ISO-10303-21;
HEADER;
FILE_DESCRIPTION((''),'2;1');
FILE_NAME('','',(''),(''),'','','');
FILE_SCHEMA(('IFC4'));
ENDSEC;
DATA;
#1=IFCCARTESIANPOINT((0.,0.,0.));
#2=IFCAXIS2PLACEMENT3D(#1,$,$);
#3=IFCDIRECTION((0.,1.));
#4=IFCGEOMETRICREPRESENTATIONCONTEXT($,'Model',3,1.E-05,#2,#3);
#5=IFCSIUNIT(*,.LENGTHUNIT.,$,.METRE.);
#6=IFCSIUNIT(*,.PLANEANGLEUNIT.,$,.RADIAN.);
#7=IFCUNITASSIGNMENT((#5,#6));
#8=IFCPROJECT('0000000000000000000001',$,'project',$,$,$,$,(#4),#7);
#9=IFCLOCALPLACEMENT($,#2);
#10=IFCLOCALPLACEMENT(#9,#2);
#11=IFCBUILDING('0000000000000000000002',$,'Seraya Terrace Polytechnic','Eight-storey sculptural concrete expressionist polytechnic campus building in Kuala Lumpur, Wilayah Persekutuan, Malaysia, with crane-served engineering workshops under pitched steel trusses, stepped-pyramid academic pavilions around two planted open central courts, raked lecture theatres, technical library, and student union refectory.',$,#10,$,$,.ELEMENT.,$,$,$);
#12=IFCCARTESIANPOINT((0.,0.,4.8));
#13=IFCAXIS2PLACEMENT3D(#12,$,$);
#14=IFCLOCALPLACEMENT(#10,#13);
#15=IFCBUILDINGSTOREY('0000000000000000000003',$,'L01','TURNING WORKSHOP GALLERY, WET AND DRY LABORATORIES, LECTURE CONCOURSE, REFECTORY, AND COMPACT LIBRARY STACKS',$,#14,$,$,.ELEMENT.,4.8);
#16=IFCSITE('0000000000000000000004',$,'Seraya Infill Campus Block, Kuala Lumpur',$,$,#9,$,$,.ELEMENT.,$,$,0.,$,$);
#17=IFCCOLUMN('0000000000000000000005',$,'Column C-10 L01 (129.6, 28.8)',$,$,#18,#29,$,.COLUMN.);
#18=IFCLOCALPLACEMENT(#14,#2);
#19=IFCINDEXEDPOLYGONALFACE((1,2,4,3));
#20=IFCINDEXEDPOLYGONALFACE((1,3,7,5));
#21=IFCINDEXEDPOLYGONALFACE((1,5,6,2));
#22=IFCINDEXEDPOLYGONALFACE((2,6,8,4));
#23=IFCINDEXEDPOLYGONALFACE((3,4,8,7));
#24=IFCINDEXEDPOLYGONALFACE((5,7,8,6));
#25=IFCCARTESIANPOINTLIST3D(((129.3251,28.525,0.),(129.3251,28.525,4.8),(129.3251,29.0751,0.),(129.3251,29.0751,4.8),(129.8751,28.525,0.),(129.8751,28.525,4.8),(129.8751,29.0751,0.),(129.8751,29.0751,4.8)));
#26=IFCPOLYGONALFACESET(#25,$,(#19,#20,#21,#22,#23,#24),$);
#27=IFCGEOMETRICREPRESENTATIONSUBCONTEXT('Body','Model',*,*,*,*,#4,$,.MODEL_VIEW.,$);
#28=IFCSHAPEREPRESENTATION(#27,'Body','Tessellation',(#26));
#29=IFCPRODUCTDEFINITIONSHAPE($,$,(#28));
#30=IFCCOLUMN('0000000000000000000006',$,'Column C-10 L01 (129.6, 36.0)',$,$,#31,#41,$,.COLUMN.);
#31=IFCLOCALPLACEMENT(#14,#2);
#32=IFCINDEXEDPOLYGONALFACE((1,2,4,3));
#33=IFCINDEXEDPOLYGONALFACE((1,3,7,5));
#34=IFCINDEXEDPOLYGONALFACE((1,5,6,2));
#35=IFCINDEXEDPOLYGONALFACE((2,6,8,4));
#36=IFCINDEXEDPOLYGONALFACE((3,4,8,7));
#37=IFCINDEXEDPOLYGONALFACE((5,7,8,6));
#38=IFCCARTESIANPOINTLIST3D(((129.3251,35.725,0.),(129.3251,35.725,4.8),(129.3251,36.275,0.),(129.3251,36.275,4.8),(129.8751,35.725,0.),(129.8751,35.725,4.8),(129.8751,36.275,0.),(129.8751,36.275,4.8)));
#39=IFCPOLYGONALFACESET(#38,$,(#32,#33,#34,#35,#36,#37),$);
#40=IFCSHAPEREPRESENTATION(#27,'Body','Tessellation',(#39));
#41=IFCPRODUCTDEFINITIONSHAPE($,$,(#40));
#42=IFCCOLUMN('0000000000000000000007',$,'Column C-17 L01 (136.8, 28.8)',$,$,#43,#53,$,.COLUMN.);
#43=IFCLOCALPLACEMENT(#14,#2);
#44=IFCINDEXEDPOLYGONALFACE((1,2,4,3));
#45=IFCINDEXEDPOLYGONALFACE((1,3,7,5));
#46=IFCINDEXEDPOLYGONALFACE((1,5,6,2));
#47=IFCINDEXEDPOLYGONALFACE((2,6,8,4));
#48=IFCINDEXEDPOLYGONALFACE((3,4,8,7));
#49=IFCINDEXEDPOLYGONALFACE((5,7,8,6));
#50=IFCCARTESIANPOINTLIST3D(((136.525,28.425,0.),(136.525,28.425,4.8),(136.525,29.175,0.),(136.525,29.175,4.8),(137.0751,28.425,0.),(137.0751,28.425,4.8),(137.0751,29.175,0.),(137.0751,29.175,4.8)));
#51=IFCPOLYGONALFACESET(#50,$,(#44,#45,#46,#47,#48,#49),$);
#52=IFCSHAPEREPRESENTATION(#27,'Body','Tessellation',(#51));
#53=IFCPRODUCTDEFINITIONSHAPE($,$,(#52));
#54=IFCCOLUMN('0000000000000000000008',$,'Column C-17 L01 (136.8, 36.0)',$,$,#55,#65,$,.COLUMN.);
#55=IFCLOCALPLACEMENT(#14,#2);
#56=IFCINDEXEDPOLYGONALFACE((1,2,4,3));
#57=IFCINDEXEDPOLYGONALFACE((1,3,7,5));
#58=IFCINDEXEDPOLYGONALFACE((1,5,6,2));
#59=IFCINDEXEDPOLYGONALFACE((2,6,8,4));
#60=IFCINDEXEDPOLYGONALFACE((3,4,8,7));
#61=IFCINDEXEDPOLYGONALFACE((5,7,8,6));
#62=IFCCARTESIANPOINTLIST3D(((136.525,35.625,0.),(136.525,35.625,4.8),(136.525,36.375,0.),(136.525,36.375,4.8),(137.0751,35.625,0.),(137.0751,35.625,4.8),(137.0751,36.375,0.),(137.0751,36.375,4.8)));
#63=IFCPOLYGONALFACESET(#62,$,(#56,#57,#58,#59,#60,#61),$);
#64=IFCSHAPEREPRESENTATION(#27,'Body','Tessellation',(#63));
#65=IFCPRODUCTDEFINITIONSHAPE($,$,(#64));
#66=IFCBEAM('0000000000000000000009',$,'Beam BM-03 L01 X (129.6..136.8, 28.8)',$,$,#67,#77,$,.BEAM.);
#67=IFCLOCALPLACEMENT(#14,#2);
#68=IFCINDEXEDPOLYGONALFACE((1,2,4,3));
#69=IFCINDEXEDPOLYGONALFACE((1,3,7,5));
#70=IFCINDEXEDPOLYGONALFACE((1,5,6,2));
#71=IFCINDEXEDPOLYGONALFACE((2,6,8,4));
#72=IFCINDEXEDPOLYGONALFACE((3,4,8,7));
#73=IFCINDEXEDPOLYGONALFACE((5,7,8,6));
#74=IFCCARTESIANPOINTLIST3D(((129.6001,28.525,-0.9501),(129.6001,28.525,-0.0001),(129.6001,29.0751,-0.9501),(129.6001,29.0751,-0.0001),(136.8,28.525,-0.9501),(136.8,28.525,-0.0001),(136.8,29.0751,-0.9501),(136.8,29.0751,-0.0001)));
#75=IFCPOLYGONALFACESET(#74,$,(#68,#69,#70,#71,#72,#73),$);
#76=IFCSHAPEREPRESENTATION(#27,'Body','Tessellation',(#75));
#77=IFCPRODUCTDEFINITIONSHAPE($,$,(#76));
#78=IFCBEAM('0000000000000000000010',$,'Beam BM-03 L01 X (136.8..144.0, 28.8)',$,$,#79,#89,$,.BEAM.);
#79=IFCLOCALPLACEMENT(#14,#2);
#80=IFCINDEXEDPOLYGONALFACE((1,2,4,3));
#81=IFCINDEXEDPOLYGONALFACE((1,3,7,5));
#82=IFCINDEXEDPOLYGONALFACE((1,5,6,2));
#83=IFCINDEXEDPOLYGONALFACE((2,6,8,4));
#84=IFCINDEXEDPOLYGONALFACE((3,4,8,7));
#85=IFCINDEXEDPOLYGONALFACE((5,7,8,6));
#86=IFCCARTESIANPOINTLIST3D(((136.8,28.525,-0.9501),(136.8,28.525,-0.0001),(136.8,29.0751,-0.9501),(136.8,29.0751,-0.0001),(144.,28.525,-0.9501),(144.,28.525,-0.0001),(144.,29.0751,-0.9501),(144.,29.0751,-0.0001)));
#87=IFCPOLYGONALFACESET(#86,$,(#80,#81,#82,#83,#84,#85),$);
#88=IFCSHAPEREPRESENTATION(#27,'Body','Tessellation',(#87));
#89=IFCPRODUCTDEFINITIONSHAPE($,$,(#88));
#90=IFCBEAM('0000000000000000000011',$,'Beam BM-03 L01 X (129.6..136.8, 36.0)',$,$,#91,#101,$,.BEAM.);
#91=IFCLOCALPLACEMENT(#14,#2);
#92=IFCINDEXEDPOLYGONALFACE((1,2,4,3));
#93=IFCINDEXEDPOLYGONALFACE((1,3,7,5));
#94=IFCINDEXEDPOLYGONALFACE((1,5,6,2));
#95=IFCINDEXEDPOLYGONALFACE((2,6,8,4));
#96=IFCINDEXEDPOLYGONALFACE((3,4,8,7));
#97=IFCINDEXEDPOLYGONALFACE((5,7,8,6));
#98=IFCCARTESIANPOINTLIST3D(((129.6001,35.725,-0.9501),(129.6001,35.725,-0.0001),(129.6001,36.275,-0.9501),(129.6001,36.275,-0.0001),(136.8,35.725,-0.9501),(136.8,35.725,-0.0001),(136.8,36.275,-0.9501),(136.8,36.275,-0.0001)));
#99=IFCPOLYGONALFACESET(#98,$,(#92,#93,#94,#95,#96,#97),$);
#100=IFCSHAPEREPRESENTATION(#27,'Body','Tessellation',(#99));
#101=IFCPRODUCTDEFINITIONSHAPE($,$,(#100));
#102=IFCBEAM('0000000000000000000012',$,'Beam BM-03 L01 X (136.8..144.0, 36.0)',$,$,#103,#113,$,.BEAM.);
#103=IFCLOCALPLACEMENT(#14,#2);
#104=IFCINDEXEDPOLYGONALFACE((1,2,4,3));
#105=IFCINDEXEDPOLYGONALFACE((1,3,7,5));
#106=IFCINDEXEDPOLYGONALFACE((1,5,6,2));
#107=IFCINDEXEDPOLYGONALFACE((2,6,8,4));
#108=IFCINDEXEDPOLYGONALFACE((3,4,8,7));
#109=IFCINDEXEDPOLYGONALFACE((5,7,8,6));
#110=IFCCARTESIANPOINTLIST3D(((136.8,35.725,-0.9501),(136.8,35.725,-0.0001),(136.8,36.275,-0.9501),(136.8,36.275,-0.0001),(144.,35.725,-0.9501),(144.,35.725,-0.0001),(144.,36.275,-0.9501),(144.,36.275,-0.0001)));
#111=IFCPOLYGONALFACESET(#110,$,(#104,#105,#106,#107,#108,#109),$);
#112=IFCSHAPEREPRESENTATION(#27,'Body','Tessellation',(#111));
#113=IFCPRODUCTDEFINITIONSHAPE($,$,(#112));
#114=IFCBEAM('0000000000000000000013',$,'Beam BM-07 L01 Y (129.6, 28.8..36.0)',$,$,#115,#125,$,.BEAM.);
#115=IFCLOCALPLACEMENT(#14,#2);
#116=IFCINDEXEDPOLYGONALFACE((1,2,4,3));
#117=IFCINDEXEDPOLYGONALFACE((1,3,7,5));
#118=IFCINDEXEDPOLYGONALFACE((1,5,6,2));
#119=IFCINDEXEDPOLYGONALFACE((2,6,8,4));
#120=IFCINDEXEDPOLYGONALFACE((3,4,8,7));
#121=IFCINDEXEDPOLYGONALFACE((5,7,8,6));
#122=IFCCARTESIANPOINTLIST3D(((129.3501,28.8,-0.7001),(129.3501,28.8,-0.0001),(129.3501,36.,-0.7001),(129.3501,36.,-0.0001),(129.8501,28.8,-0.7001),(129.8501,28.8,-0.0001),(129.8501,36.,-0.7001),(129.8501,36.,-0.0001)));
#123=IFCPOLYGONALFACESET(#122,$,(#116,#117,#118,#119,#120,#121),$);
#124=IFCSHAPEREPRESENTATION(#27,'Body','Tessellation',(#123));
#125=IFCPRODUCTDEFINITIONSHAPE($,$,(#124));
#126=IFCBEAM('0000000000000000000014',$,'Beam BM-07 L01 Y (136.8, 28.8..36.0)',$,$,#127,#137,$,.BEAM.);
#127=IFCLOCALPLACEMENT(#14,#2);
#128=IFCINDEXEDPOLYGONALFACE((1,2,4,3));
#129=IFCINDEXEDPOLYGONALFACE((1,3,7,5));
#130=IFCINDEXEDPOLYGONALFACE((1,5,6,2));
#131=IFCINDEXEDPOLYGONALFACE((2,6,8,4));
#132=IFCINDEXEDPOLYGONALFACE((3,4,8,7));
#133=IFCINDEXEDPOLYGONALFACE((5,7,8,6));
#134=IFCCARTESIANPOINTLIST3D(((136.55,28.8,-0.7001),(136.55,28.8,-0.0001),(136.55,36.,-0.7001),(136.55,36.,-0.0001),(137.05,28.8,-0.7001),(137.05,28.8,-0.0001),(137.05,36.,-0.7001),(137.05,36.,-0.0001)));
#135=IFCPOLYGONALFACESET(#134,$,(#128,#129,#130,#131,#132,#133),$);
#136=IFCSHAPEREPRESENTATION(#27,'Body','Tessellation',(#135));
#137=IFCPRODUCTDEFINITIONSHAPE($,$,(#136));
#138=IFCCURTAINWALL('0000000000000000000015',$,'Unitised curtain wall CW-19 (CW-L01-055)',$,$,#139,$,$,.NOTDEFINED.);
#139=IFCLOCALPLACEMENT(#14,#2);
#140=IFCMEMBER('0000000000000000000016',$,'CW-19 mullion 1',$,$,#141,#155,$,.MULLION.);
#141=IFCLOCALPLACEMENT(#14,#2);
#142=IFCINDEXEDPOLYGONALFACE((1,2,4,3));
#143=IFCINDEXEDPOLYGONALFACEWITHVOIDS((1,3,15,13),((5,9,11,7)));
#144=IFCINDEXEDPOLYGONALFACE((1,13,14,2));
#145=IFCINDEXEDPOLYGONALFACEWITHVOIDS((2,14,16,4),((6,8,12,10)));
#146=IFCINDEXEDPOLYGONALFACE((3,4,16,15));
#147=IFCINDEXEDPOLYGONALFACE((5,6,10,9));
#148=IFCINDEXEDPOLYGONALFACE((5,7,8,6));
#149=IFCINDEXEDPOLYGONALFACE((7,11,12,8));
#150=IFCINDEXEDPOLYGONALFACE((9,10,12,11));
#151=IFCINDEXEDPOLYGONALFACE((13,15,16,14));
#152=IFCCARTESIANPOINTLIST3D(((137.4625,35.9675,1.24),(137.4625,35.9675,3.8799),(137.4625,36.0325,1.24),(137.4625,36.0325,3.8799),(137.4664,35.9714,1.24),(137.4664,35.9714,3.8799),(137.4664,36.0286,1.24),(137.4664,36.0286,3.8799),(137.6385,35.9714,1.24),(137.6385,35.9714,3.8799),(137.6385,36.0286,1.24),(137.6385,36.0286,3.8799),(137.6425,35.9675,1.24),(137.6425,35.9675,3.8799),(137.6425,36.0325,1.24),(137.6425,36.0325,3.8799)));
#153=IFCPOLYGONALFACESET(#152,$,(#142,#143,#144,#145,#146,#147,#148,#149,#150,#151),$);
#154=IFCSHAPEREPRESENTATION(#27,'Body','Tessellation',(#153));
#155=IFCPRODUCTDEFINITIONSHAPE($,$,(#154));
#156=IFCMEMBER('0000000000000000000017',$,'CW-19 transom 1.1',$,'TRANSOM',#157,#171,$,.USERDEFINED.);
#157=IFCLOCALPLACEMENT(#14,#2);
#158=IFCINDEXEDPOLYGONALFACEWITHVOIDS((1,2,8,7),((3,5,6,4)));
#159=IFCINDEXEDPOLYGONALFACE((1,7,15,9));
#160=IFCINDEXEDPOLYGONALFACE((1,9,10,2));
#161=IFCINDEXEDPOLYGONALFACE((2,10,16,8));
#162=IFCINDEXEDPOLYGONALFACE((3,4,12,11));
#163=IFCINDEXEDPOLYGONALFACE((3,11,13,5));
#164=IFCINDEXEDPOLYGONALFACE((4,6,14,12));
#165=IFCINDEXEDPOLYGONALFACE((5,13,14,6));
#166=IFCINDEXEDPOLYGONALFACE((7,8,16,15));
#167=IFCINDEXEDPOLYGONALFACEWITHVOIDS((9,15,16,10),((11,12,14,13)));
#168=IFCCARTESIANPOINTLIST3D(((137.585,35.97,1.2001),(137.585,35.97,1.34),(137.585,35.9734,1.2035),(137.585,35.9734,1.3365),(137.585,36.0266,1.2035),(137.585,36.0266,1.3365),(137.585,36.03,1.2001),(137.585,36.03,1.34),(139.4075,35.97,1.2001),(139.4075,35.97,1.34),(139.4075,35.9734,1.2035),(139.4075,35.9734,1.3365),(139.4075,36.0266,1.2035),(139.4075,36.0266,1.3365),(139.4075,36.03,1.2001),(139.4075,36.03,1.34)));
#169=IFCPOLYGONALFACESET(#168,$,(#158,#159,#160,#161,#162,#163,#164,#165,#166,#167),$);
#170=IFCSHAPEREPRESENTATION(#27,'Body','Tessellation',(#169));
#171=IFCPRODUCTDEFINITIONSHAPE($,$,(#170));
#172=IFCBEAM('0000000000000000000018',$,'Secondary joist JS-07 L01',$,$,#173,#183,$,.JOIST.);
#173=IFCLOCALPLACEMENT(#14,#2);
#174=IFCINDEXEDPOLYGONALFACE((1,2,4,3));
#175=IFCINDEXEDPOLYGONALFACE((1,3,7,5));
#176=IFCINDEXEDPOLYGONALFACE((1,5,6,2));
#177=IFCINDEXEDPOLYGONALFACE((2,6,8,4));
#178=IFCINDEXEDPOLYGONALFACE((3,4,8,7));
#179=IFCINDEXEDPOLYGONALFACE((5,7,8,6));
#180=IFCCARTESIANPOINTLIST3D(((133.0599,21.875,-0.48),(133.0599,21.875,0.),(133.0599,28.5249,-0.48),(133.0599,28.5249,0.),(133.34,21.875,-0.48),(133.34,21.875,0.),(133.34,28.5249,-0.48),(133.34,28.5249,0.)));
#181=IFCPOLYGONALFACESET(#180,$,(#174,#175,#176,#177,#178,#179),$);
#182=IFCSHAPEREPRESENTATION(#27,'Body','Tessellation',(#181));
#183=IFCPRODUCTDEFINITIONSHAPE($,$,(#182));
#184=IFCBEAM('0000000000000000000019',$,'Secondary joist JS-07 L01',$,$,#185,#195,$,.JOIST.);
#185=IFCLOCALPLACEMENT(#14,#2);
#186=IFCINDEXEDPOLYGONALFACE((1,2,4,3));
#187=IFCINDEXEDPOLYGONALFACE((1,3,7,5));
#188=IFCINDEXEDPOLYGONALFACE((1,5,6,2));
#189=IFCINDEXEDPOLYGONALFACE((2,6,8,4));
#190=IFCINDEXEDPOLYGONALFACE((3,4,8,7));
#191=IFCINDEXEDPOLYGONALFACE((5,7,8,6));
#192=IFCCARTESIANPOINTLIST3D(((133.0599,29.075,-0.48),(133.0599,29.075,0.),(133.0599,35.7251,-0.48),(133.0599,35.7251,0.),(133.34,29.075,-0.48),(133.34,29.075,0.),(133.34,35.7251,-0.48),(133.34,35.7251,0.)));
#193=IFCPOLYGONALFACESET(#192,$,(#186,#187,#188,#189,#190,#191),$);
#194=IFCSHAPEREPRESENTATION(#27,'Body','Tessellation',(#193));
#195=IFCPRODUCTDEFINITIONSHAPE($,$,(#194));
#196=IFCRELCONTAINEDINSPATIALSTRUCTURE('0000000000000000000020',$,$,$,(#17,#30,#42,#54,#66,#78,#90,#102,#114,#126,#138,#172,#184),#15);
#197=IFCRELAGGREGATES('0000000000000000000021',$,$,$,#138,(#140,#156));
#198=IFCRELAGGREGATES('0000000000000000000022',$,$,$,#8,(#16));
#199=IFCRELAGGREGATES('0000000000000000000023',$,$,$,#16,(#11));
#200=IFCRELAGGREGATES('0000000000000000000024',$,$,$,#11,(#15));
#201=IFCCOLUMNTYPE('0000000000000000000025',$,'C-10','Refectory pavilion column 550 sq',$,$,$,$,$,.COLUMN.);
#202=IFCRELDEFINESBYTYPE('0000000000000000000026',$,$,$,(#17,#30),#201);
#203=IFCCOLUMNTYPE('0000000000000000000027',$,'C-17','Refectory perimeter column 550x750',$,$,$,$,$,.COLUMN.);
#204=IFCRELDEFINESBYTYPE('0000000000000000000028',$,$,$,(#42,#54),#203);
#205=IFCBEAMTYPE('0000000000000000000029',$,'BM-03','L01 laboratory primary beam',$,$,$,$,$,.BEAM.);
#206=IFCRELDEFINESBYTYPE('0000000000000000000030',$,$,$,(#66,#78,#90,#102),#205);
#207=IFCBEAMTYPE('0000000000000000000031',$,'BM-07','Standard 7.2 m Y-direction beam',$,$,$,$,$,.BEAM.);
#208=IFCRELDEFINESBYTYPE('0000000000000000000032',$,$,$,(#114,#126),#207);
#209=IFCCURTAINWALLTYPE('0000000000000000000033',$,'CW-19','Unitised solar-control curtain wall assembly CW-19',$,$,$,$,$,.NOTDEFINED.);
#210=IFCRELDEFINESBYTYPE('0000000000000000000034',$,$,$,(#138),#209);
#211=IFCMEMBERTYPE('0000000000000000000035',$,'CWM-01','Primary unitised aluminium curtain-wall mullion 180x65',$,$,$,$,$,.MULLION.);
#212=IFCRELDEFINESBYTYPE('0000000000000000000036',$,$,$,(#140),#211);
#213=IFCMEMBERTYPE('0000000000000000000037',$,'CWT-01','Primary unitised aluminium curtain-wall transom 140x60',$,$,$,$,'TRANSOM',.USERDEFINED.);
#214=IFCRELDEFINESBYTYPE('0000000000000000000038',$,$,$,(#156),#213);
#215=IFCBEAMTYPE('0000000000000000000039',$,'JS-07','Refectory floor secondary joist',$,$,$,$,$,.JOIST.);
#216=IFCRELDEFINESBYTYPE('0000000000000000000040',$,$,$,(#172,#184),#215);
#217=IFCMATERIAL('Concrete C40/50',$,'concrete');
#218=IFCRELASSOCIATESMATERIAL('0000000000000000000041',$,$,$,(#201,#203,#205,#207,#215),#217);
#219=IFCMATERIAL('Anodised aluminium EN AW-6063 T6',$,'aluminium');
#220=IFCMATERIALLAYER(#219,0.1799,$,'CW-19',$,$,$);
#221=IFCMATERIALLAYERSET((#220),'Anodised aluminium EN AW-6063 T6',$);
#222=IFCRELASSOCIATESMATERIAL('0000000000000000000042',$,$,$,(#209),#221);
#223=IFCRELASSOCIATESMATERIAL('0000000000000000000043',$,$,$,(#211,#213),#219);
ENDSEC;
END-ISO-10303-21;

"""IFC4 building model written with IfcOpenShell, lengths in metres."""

from ifc_helpers import new_model, si_unit, direction, frame, origin, origin_2d, place, context, subcontext, project, spatial, rectangle, hollow_rectangle, extrude, material, layer, layer_set, material_profile, profile_set, type_object, element, aggregate, save


model = new_model("IFC4")

# Units and contexts
model_context = context("Model", 3, precision=1e-05, world=origin(), true_north=direction((0.0, 1.0)))
body_context = subcontext(model_context, "Body", "Model", "MODEL_VIEW")
ifc_project = project(units=[si_unit("LENGTHUNIT", "METRE"), si_unit("PLANEANGLEUNIT", "RADIAN")], contexts=[model_context])

# Site, building, storey
site_placement = place(None, origin())
site = spatial("IfcSite", under=ifc_project, at=site_placement, Name="Seraya Infill Campus Block, Kuala Lumpur", CompositionType="ELEMENT", RefElevation=0.0)
building_placement = place(site_placement, origin())
building = spatial("IfcBuilding", under=site, at=building_placement, Name="Seraya Terrace Polytechnic", Description="Eight-storey sculptural concrete expressionist polytechnic campus building in Kuala Lumpur, Wilayah Persekutuan, Malaysia, with crane-served engineering workshops under pitched steel trusses, stepped-pyramid academic pavilions around two planted open central courts, raked lecture theatres, technical library, and student union refectory.", CompositionType="ELEMENT")
storey_placement = place(building_placement, frame((0.0, 0.0, 4.8)))
storey = spatial("IfcBuildingStorey", under=building, at=storey_placement, Name="L01", Description="TURNING WORKSHOP GALLERY, WET AND DRY LABORATORIES, LECTURE CONCOURSE, REFECTORY, AND COMPACT LIBRARY STACKS", CompositionType="ELEMENT", Elevation=4.8)

# Columns
ifc_material_1 = material(Name="Concrete C40/50", Category="concrete")
ifc_material_profile_1 = material_profile(ifc_material_1, rectangle(XDim=0.55, YDim=0.55, at=origin_2d()), Name="RC 550x550")
ifc_profile_set_1 = profile_set([ifc_material_profile_1], Name="Concrete C40/50")
column_type_1 = type_object("IfcColumnType", Name="C-10", Description="Refectory pavilion column 550 sq", PredefinedType="COLUMN", material=ifc_profile_set_1)
for number, where, z_axis, x_axis, name in (
    (1, (129.6001, 28.8, 0.0), (0.0, 0.0, 1.0), (1.0, 0.0, 0.0), "Column C-10 L01 (129.6, 28.8)"),
    (2, (129.6001, 36.0, 0.0), (0.0, 0.0, 1.0), (1.0, 0.0, 0.0), "Column C-10 L01 (129.6, 36.0)"),
):
    element("IfcColumn", number, at=place(storey_placement, frame(where, z_axis=z_axis, x_axis=x_axis)), inside=storey, type_object=column_type_1, Name=name, PredefinedType="COLUMN", context=body_context, shape_type="SweptSolid", body=[
        extrude(rectangle(XDim=0.55, YDim=0.55, at=origin_2d()), origin(), (0.0, 0.0, 1.0), 4.8),
    ])
ifc_material_profile_2 = material_profile(ifc_material_1, rectangle(XDim=0.55, YDim=0.75, at=origin_2d()), Name="RC 550x750")
ifc_profile_set_2 = profile_set([ifc_material_profile_2], Name="Concrete C40/50")
column_type_2 = type_object("IfcColumnType", Name="C-17", Description="Refectory perimeter column 550x750", PredefinedType="COLUMN", material=ifc_profile_set_2)
for number, where, z_axis, x_axis, name in (
    (3, (136.8, 28.8, 0.0), (0.0, 0.0, 1.0), (1.0, 0.0, 0.0), "Column C-17 L01 (136.8, 28.8)"),
    (4, (136.8, 36.0, 0.0), (0.0, 0.0, 1.0), (1.0, 0.0, 0.0), "Column C-17 L01 (136.8, 36.0)"),
):
    element("IfcColumn", number, at=place(storey_placement, frame(where, z_axis=z_axis, x_axis=x_axis)), inside=storey, type_object=column_type_2, Name=name, PredefinedType="COLUMN", context=body_context, shape_type="SweptSolid", body=[
        extrude(rectangle(XDim=0.55, YDim=0.75, at=origin_2d()), origin(), (0.0, 0.0, 1.0), 4.8),
    ])

# Beams
ifc_material_profile_3 = material_profile(ifc_material_1, rectangle(XDim=0.55, YDim=0.95, at=origin_2d()), Name="RC 550x950")
ifc_profile_set_3 = profile_set([ifc_material_profile_3], Name="Concrete C40/50")
beam_type_1 = type_object("IfcBeamType", Name="BM-03", Description="L01 laboratory primary beam", PredefinedType="BEAM", material=ifc_profile_set_3)
for number, where, z_axis, x_axis, name in (
    (5, (129.6001, 28.8, -0.4751), (1.0, 0.0, 0.0), (0.0, 1.0, 0.0), "Beam BM-03 L01 X (129.6..136.8, 28.8)"),
    (6, (136.8, 28.8, -0.4751), (1.0, 0.0, 0.0), (0.0, 1.0, 0.0), "Beam BM-03 L01 X (136.8..144.0, 28.8)"),
    (7, (129.6001, 36.0, -0.4751), (1.0, 0.0, 0.0), (0.0, 1.0, 0.0), "Beam BM-03 L01 X (129.6..136.8, 36.0)"),
    (8, (136.8, 36.0, -0.4751), (1.0, 0.0, 0.0), (0.0, 1.0, 0.0), "Beam BM-03 L01 X (136.8..144.0, 36.0)"),
):
    element("IfcBeam", number, at=place(storey_placement, frame(where, z_axis=z_axis, x_axis=x_axis)), inside=storey, type_object=beam_type_1, Name=name, PredefinedType="BEAM", context=body_context, shape_type="SweptSolid", body=[
        extrude(rectangle(XDim=0.55, YDim=0.95, at=origin_2d()), origin(), (0.0, 0.0, 1.0), 7.2),
    ])
ifc_material_profile_4 = material_profile(ifc_material_1, rectangle(XDim=0.5, YDim=0.7, at=origin_2d()), Name="RC 500x700")
ifc_profile_set_4 = profile_set([ifc_material_profile_4], Name="Concrete C40/50")
beam_type_2 = type_object("IfcBeamType", Name="BM-07", Description="Standard 7.2 m Y-direction beam", PredefinedType="BEAM", material=ifc_profile_set_4)
for number, where, z_axis, x_axis, name in (
    (9, (129.6001, 28.8, -0.3501), (0.0, 1.0, 0.0), (-1.0, 0.0, 0.0), "Beam BM-07 L01 Y (129.6, 28.8..36.0)"),
    (10, (136.8, 28.8, -0.3501), (0.0, 1.0, 0.0), (-1.0, 0.0, 0.0), "Beam BM-07 L01 Y (136.8, 28.8..36.0)"),
):
    element("IfcBeam", number, at=place(storey_placement, frame(where, z_axis=z_axis, x_axis=x_axis)), inside=storey, type_object=beam_type_2, Name=name, PredefinedType="BEAM", context=body_context, shape_type="SweptSolid", body=[
        extrude(rectangle(XDim=0.5, YDim=0.7, at=origin_2d()), origin(), (0.0, 0.0, 1.0), 7.2),
    ])

# Curtain wall, members
ifc_material_2 = material(Name="Anodised aluminium EN AW-6063 T6", Category="aluminium")
ifc_layer_1 = layer(ifc_material_2, 0.1799, Name="CW-19")
ifc_layer_set_1 = layer_set([ifc_layer_1], Name="Anodised aluminium EN AW-6063 T6")
curtain_wall_type = type_object("IfcCurtainWallType", Name="CW-19", Description="Unitised solar-control curtain wall assembly CW-19", PredefinedType="NOTDEFINED", material=ifc_layer_set_1)
curtain_wall_placement = place(storey_placement, origin())
curtain_wall = element("IfcCurtainWall", 11, at=curtain_wall_placement, inside=storey, type_object=curtain_wall_type, Name="Unitised curtain wall CW-19 (CW-L01-055)", PredefinedType="NOTDEFINED")
ifc_material_profile_5 = material_profile(ifc_material_2, hollow_rectangle(XDim=0.0649, YDim=0.1799, WallThickness=0.0039, at=origin_2d()), Name="RHS 180x65x4.0")
ifc_profile_set_5 = profile_set([ifc_material_profile_5], Name="Anodised aluminium EN AW-6063 T6")
member_type_1 = type_object("IfcMemberType", Name="CWM-01", Description="Primary unitised aluminium curtain-wall mullion 180x65", PredefinedType="MULLION", material=ifc_profile_set_5)
member_1_placement = place(storey_placement, frame((137.5525, 36.0, 1.24), z_axis=(0.0, 0.0, 1.0), x_axis=(0.0, 1.0, 0.0)))
member_1 = element("IfcMember", 12, at=member_1_placement, type_object=member_type_1, Name="CW-19 mullion 1", PredefinedType="MULLION", context=body_context, shape_type="SweptSolid", body=[
    extrude(hollow_rectangle(XDim=0.0649, YDim=0.1799, WallThickness=0.0039, at=origin_2d()), origin(), (0.0, 0.0, 1.0), 2.6399),
])
ifc_material_profile_6 = material_profile(ifc_material_2, hollow_rectangle(XDim=0.0601, YDim=0.1399, WallThickness=0.0034, at=origin_2d()), Name="RHS 140x60x3.5")
ifc_profile_set_6 = profile_set([ifc_material_profile_6], Name="Anodised aluminium EN AW-6063 T6")
member_type_2 = type_object("IfcMemberType", Name="CWT-01", Description="Primary unitised aluminium curtain-wall transom 140x60", ElementType="TRANSOM", PredefinedType="USERDEFINED", material=ifc_profile_set_6)
member_2_placement = place(storey_placement, frame((137.585, 36.0, 1.27), z_axis=(1.0, 0.0, 0.0), x_axis=(0.0, 1.0, 0.0)))
member_2 = element("IfcMember", 13, at=member_2_placement, type_object=member_type_2, Name="CW-19 transom 1.1", ObjectType="TRANSOM", PredefinedType="USERDEFINED", context=body_context, shape_type="SweptSolid", body=[
    extrude(hollow_rectangle(XDim=0.0601, YDim=0.1399, WallThickness=0.0034, at=origin_2d()), origin(), (0.0, 0.0, 1.0), 1.8225),
])
aggregate(curtain_wall, [member_1, member_2])

# Beams
ifc_material_profile_7 = material_profile(ifc_material_1, rectangle(XDim=0.28, YDim=0.48, at=origin_2d()), Name="RC 280x480")
ifc_profile_set_7 = profile_set([ifc_material_profile_7], Name="Concrete C40/50")
beam_type_3 = type_object("IfcBeamType", Name="JS-07", Description="Refectory floor secondary joist", PredefinedType="JOIST", material=ifc_profile_set_7)
beam_1_placement = place(storey_placement, frame((133.2, 21.875, -0.24), z_axis=(0.0, 1.0, 0.0), x_axis=(-1.0, 0.0, 0.0)))
element("IfcBeam", 14, at=beam_1_placement, inside=storey, type_object=beam_type_3, Name="Secondary joist JS-07 L01", PredefinedType="JOIST", context=body_context, shape_type="SweptSolid", body=[
    extrude(rectangle(XDim=0.28, YDim=0.48, at=origin_2d()), origin(), (0.0, 0.0, 1.0), 6.6499),
])
beam_2_placement = place(storey_placement, frame((133.2, 29.075, -0.24), z_axis=(0.0, 1.0, 0.0), x_axis=(-1.0, 0.0, 0.0)))
element("IfcBeam", 15, at=beam_2_placement, inside=storey, type_object=beam_type_3, Name="Secondary joist JS-07 L01", PredefinedType="JOIST", context=body_context, shape_type="SweptSolid", body=[
    extrude(rectangle(XDim=0.28, YDim=0.48, at=origin_2d()), origin(), (0.0, 0.0, 1.0), 6.6501),
])

save(model, "model.ifc")
